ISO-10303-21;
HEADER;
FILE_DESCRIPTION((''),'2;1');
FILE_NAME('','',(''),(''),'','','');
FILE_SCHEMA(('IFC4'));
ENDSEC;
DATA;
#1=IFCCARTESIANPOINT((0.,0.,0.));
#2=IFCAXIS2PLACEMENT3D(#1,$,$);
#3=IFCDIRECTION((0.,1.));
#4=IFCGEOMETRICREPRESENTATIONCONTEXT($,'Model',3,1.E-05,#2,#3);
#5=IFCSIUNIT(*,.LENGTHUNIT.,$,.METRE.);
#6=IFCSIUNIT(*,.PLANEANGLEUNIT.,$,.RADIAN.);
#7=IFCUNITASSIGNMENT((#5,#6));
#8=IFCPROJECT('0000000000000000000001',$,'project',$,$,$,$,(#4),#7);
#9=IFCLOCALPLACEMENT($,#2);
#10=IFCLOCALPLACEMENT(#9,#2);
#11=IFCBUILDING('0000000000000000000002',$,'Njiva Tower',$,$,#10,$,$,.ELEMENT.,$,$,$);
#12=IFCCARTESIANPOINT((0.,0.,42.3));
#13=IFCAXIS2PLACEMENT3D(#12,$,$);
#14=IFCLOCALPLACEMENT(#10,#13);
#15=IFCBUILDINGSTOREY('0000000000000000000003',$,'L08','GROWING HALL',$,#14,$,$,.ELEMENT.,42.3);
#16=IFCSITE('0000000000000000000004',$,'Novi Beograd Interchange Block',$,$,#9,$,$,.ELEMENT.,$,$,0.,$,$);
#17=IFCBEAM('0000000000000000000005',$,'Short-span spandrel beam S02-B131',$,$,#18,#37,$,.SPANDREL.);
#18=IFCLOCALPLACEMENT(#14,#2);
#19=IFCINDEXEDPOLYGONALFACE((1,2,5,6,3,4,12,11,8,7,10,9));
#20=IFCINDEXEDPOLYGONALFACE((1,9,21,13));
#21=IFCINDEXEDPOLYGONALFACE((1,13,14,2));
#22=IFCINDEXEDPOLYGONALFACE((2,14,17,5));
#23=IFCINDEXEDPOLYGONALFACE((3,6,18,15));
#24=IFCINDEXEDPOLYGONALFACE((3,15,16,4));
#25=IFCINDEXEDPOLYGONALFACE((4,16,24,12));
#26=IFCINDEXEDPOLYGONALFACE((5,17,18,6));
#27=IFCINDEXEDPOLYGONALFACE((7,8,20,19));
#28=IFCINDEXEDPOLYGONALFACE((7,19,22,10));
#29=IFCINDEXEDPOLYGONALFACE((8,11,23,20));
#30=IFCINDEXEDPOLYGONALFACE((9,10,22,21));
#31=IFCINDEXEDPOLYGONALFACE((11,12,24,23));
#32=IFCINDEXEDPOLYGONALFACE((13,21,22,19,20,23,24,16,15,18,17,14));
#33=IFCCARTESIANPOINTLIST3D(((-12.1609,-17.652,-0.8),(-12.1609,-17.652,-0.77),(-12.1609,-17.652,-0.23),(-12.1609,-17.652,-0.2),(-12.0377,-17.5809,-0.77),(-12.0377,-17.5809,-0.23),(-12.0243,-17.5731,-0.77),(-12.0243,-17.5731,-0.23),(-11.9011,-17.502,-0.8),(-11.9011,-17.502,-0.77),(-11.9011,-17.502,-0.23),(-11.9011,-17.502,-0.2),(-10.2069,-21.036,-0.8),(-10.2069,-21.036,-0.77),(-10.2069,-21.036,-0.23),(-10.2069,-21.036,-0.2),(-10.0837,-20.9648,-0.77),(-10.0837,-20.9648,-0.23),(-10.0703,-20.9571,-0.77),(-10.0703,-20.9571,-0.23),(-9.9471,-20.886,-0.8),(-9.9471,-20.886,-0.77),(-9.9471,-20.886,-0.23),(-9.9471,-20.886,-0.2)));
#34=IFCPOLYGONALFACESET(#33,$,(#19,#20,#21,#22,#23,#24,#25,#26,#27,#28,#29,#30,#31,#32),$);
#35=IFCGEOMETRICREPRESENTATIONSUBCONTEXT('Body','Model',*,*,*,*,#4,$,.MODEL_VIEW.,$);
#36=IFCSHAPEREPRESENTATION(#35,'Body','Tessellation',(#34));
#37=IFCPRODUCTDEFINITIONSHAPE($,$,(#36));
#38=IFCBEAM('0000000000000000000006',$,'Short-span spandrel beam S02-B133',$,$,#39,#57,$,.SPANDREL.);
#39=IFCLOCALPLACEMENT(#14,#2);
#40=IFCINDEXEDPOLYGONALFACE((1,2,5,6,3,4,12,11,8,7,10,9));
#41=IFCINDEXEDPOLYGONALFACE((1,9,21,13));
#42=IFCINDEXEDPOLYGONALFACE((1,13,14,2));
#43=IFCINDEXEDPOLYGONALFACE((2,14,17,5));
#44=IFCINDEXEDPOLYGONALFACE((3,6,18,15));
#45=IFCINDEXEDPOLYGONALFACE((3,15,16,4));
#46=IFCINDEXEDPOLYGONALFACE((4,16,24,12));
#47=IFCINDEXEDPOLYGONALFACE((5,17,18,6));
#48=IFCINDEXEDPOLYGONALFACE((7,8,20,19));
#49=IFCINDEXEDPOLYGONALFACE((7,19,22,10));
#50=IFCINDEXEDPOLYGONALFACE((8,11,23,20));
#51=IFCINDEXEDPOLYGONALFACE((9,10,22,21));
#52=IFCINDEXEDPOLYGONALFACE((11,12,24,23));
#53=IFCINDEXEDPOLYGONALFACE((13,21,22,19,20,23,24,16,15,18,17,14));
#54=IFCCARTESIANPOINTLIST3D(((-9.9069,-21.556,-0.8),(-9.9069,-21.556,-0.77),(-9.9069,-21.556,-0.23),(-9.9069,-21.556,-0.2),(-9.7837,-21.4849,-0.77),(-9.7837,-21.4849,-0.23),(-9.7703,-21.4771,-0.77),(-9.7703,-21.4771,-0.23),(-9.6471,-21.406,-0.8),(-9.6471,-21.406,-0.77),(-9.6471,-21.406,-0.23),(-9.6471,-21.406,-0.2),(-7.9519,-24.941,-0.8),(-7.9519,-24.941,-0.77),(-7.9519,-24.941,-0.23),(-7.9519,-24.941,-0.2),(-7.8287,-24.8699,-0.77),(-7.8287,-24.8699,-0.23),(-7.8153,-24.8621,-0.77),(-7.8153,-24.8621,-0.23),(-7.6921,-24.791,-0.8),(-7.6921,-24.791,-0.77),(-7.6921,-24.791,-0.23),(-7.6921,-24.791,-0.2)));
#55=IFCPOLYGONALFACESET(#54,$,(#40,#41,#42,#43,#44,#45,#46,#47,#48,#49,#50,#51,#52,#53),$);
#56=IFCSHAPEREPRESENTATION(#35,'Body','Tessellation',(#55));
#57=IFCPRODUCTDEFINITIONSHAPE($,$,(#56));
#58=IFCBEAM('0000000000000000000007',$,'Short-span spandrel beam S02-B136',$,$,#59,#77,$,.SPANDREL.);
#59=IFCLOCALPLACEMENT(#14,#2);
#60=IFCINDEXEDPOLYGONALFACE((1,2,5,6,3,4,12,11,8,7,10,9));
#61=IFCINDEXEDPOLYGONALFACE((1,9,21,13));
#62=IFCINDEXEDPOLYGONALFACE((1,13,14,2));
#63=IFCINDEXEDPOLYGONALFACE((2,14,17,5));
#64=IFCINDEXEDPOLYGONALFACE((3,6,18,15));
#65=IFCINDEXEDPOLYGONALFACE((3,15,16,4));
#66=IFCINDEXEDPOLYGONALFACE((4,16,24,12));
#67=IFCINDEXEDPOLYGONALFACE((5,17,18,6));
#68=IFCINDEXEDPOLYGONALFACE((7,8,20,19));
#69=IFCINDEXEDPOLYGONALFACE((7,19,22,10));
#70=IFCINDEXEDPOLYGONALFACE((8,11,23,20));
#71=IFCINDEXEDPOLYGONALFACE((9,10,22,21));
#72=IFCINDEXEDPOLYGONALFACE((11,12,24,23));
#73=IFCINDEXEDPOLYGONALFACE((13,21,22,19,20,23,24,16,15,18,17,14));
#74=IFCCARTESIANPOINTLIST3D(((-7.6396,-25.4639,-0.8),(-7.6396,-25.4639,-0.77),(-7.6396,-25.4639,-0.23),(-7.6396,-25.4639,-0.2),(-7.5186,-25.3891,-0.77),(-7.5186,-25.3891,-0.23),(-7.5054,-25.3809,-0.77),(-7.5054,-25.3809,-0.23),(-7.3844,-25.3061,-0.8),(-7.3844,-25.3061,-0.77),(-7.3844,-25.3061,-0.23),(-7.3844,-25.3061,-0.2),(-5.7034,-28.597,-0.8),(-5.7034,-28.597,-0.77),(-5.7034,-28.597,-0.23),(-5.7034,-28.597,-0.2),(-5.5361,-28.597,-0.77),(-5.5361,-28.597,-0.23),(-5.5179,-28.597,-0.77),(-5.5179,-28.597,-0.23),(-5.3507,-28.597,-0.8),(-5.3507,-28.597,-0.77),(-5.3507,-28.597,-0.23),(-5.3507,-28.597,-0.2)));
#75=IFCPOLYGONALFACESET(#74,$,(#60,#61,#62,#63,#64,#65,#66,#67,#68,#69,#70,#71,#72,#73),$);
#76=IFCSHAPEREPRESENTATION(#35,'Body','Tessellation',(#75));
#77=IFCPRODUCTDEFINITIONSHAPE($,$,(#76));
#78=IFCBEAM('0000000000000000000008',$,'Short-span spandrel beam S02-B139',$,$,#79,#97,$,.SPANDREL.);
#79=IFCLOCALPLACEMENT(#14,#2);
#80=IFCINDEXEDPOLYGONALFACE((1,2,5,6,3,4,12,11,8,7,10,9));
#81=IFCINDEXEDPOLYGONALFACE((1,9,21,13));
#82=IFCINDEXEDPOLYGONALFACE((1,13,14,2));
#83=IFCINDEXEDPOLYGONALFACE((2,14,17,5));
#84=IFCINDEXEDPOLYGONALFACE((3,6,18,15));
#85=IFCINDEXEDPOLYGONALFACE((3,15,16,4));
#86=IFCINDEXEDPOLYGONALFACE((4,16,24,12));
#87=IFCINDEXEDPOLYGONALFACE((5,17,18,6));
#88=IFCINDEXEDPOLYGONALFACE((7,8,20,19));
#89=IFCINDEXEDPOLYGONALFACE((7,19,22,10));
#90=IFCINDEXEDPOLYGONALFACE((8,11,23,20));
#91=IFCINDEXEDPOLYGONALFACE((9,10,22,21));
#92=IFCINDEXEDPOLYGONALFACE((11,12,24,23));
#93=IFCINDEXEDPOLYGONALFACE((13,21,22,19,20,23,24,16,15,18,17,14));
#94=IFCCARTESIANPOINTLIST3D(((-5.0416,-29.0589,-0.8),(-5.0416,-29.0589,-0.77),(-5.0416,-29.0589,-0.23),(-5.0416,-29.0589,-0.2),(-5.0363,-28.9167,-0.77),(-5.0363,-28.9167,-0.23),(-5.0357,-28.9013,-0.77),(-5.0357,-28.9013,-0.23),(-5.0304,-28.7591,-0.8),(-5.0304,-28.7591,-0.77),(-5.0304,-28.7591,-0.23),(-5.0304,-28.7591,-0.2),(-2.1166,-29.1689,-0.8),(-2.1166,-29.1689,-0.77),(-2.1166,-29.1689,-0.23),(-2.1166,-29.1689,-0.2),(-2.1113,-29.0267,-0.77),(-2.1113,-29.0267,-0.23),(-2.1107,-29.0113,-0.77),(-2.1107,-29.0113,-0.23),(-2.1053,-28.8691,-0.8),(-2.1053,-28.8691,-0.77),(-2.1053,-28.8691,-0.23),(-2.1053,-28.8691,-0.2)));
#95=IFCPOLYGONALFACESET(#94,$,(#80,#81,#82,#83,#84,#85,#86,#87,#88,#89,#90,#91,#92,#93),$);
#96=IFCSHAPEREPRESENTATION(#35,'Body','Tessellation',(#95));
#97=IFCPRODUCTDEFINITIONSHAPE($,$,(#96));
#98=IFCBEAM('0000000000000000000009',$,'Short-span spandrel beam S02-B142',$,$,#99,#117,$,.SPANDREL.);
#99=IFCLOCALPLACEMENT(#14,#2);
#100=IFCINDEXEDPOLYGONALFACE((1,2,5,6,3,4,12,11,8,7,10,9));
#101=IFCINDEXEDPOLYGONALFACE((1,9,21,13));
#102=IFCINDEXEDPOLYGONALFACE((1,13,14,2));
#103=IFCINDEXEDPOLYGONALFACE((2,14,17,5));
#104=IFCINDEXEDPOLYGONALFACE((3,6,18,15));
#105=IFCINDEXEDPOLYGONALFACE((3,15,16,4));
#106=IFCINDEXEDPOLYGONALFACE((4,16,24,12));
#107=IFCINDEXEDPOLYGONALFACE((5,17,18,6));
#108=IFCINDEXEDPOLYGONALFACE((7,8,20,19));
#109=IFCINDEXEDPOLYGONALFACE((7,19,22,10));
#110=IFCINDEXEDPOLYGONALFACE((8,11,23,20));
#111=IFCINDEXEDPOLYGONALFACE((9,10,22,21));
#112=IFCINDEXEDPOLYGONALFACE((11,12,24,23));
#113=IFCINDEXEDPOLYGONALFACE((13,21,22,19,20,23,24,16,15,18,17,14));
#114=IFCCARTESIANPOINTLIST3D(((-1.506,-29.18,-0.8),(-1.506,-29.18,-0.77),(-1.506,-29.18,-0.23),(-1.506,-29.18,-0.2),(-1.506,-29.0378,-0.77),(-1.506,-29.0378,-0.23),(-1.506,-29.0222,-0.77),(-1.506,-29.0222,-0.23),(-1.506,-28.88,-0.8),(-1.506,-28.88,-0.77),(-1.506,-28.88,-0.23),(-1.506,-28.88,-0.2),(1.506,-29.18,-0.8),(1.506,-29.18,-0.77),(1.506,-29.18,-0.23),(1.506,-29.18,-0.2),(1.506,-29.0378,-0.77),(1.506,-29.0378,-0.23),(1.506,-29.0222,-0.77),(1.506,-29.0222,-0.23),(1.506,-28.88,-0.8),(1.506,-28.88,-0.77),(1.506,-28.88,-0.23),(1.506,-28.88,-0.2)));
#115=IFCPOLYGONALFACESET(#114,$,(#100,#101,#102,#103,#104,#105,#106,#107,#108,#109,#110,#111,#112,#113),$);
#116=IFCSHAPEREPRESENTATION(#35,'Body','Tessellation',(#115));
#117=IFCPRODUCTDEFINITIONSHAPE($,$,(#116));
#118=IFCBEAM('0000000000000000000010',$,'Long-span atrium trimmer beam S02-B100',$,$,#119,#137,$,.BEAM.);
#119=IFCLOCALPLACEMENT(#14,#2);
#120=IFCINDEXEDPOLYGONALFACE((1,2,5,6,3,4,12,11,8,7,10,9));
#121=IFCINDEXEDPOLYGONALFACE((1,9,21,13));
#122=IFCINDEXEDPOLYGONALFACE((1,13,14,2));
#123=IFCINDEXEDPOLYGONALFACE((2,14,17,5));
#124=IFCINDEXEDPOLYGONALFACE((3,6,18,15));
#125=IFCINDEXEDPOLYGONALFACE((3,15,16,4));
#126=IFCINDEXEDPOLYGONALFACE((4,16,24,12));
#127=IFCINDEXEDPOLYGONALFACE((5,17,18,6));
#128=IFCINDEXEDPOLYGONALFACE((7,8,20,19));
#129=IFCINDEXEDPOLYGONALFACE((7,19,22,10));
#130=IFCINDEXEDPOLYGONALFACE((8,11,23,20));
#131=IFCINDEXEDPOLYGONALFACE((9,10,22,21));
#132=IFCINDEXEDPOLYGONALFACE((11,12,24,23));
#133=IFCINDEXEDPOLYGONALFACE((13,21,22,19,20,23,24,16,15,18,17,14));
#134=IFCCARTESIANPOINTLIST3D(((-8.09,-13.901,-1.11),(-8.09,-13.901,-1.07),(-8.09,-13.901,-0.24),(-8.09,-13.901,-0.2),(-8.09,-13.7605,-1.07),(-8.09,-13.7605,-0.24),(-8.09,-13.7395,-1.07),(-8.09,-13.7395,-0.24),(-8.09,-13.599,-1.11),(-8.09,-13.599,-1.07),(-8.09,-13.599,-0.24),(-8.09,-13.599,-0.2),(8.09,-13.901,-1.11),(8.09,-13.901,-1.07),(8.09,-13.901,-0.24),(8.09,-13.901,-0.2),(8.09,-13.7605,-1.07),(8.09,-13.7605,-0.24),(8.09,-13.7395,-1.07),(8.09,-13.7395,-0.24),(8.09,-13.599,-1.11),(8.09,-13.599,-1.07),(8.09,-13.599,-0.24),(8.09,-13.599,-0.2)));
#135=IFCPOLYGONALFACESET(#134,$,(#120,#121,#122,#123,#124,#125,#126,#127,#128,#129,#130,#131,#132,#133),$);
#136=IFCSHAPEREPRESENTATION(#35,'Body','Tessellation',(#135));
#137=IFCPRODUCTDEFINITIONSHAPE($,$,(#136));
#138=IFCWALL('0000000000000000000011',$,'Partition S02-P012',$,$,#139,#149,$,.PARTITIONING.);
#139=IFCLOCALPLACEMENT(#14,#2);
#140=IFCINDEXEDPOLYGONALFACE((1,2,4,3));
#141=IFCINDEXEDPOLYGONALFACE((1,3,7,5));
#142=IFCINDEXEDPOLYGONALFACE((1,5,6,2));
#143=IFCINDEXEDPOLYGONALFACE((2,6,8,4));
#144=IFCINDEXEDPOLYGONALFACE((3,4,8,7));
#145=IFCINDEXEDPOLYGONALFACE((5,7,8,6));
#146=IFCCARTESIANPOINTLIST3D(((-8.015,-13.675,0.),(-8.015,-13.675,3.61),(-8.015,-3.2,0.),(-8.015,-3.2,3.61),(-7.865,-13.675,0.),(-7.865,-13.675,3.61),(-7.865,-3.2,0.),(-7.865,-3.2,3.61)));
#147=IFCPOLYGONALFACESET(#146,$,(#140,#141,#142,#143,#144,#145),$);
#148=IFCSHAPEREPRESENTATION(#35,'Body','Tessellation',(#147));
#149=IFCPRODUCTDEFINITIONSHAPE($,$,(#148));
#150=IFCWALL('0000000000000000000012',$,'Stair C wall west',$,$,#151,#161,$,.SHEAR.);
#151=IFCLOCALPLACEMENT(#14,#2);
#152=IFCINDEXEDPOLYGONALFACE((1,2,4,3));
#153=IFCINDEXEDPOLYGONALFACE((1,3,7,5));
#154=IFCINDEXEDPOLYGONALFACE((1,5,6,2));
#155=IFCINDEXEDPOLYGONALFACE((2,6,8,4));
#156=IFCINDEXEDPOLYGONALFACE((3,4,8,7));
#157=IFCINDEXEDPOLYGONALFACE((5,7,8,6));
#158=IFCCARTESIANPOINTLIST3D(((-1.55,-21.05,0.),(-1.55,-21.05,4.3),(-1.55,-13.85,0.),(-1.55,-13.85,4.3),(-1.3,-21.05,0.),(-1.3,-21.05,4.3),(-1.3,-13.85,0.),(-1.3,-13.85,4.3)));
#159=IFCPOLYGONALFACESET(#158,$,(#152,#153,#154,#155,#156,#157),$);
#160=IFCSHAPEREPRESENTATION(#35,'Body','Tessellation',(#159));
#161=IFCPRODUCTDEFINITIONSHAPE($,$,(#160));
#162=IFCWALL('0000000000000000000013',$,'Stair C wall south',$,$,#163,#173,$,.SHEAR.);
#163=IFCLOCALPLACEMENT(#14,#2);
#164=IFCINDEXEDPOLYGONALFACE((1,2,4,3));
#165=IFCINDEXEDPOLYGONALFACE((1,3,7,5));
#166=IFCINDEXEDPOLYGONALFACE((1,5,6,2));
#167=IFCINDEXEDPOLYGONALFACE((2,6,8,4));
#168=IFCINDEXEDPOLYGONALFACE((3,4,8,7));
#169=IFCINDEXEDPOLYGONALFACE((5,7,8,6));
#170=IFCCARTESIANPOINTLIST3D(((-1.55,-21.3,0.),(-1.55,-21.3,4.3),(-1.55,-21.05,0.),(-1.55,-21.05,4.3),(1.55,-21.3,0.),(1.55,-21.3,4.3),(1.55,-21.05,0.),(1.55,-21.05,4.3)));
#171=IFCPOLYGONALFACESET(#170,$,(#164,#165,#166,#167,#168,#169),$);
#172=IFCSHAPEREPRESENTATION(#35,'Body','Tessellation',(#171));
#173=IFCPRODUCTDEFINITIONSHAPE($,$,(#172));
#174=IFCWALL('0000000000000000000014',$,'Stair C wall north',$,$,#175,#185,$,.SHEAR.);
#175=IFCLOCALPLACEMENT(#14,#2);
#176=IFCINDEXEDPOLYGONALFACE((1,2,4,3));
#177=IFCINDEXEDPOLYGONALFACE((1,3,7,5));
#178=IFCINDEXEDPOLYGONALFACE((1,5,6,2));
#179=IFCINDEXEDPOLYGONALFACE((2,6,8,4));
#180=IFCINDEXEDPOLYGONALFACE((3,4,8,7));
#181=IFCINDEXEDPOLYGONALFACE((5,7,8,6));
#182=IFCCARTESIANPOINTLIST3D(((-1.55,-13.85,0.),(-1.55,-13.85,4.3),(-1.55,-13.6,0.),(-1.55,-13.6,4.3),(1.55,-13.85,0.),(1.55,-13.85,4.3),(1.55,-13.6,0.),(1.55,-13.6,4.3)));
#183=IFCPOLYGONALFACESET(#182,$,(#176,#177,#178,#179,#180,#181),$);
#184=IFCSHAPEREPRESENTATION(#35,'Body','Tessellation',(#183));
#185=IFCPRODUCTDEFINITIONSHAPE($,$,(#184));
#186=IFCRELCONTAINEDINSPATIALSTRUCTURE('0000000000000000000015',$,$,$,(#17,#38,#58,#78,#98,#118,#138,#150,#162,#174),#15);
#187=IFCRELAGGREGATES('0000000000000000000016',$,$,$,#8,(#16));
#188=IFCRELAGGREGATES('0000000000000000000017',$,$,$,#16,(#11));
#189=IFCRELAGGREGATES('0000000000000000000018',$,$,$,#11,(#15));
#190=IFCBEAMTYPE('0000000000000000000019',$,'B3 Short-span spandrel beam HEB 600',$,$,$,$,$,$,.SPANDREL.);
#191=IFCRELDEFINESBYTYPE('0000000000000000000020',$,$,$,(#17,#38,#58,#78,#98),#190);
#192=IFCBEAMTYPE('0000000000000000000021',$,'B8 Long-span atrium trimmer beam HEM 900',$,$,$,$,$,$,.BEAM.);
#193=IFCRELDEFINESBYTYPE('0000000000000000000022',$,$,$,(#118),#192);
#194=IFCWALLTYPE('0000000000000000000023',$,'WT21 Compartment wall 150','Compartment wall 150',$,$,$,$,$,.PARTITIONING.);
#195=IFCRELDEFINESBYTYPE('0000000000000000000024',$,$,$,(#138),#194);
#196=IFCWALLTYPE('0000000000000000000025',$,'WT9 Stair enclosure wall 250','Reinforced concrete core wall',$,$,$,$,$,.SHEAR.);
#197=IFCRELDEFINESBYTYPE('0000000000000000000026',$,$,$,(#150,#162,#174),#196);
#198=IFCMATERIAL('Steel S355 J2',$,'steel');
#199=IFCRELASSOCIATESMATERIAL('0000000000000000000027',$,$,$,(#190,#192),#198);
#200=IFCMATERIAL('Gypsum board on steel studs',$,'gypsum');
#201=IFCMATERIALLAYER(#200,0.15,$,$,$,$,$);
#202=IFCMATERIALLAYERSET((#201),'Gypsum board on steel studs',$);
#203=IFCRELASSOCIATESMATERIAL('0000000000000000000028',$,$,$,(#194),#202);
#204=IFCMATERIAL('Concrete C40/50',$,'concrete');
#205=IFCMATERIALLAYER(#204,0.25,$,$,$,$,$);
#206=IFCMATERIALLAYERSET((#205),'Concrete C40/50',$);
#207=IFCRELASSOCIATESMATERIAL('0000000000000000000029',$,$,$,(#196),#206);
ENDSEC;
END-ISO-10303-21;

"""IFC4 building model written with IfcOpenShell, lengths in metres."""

from ifc_helpers import new_model, si_unit, direction, frame, frame_2d, origin, origin_2d, place, context, subcontext, project, spatial, rectangle, i_section, extrude, clip, halfspace, material, layer, layer_set, material_profile, profile_set, type_object, element, save


model = new_model("IFC4")

# Units and contexts
model_context = context("Model", 3, precision=1e-05, world=origin(), true_north=direction((0.0, 1.0)))
body_context = subcontext(model_context, "Body", "Model", "MODEL_VIEW")
ifc_project = project(units=[si_unit("LENGTHUNIT", "METRE"), si_unit("PLANEANGLEUNIT", "RADIAN")], contexts=[model_context])

# Site, building, storey
site_placement = place(None, origin())
site = spatial("IfcSite", under=ifc_project, at=site_placement, Name="Novi Beograd Interchange Block", CompositionType="ELEMENT", RefElevation=0.0)
building_placement = place(site_placement, origin())
building = spatial("IfcBuilding", under=site, at=building_placement, Name="Njiva Tower", CompositionType="ELEMENT")
storey_placement = place(building_placement, frame((0.0, 0.0, 42.3)))
storey = spatial("IfcBuildingStorey", under=building, at=storey_placement, Name="L08", Description="GROWING HALL", CompositionType="ELEMENT", Elevation=42.3)

# Shared definitions
ifc_material_1 = material(Name="Steel S355 J2", Category="steel")

# Beams
ifc_material_profile_1 = material_profile(ifc_material_1, i_section(OverallWidth=0.3, OverallDepth=0.6, WebThickness=0.0155, FlangeThickness=0.03, at=origin_2d()), Name="HEB 600")
ifc_profile_set_1 = profile_set([ifc_material_profile_1], Name="Steel S355 J2")
beam_type_1 = type_object("IfcBeamType", Name="B3 Short-span spandrel beam HEB 600", PredefinedType="SPANDREL", material=ifc_profile_set_1)
beam_1_placement = place(storey_placement, frame((-12.031, -17.577, -0.5), z_axis=(0.500047, -0.865998, 0.0), x_axis=(0.865998, 0.500047, 0.0)))
element("IfcBeam", 1, at=beam_1_placement, inside=storey, type_object=beam_type_1, Name="Short-span spandrel beam S02-B131", PredefinedType="SPANDREL", context=body_context, shape_type="SweptSolid", body=[
    extrude(i_section(OverallWidth=0.3, OverallDepth=0.6, WebThickness=0.0155, FlangeThickness=0.03, at=origin_2d()), origin(), (0.0, 0.0, 1.0), 3.9076),
])
beam_2_placement = place(storey_placement, frame((-9.777, -21.481, -0.5), z_axis=(0.500128, -0.865951, 0.0), x_axis=(0.865951, 0.500128, 0.0)))
element("IfcBeam", 2, at=beam_2_placement, inside=storey, type_object=beam_type_1, Name="Short-span spandrel beam S02-B133", PredefinedType="SPANDREL", context=body_context, shape_type="SweptSolid", body=[
    extrude(i_section(OverallWidth=0.3, OverallDepth=0.6, WebThickness=0.0155, FlangeThickness=0.03, at=origin_2d()), origin(), (0.0, 0.0, 1.0), 3.909),
])
beam_3_placement = place(storey_placement, frame((-7.512, -25.385, -0.5), z_axis=(0.525707, -0.850666, 0.0), x_axis=(0.850666, 0.525707, 0.0)))
element("IfcBeam", 3, at=beam_3_placement, inside=storey, type_object=beam_type_1, Name="Short-span spandrel beam S02-B136", PredefinedType="SPANDREL", context=body_context, shape_type="Clipping", body=[
    clip(extrude(i_section(OverallWidth=0.3, OverallDepth=0.6, WebThickness=0.0155, FlangeThickness=0.03, at=origin_2d()), origin(), (0.0, 0.0, 1.0), 3.8889), halfspace(frame((-0.0261, 0.0, 3.7597), z_axis=(-0.525707, 0.0, 0.850666), x_axis=(0.0, 1.0, 0.0)), False)),
])
beam_4_placement = place(storey_placement, frame((-5.036, -28.909, -0.5), z_axis=(0.999294, -0.03758, 0.0), x_axis=(0.03758, 0.999294, 0.0)))
element("IfcBeam", 4, at=beam_4_placement, inside=storey, type_object=beam_type_1, Name="Short-span spandrel beam S02-B139", PredefinedType="SPANDREL", context=body_context, shape_type="SweptSolid", body=[
    extrude(i_section(OverallWidth=0.3, OverallDepth=0.6, WebThickness=0.0155, FlangeThickness=0.03, at=origin_2d()), origin(), (0.0, 0.0, 1.0), 2.9271),
])
beam_5_placement = place(storey_placement, frame((-1.506, -29.03, -0.5), z_axis=(1.0, 0.0, 0.0), x_axis=(0.0, 1.0, 0.0)))
element("IfcBeam", 5, at=beam_5_placement, inside=storey, type_object=beam_type_1, Name="Short-span spandrel beam S02-B142", PredefinedType="SPANDREL", context=body_context, shape_type="SweptSolid", body=[
    extrude(i_section(OverallWidth=0.3, OverallDepth=0.6, WebThickness=0.0155, FlangeThickness=0.03, at=origin_2d()), origin(), (0.0, 0.0, 1.0), 3.012),
])
ifc_material_profile_2 = material_profile(ifc_material_1, i_section(OverallWidth=0.302, OverallDepth=0.91, WebThickness=0.021, FlangeThickness=0.04, at=origin_2d()), Name="HEM 900")
ifc_profile_set_2 = profile_set([ifc_material_profile_2], Name="Steel S355 J2")
beam_type_2 = type_object("IfcBeamType", Name="B8 Long-span atrium trimmer beam HEM 900", PredefinedType="BEAM", material=ifc_profile_set_2)
beam_6_placement = place(storey_placement, frame((-8.09, -13.75, -0.655), z_axis=(1.0, 0.0, 0.0), x_axis=(0.0, 1.0, 0.0)))
element("IfcBeam", 6, at=beam_6_placement, inside=storey, type_object=beam_type_2, Name="Long-span atrium trimmer beam S02-B100", PredefinedType="BEAM", context=body_context, shape_type="SweptSolid", body=[
    extrude(i_section(OverallWidth=0.302, OverallDepth=0.91, WebThickness=0.021, FlangeThickness=0.04, at=origin_2d()), origin(), (0.0, 0.0, 1.0), 16.18),
])

# Walls
ifc_material_2 = material(Name="Gypsum board on steel studs", Category="gypsum")
ifc_layer_1 = layer(ifc_material_2, 0.15)
ifc_layer_set_1 = layer_set([ifc_layer_1], Name="Gypsum board on steel studs")
wall_type_1 = type_object("IfcWallType", Name="WT21 Compartment wall 150", Description="Compartment wall 150", PredefinedType="PARTITIONING", material=ifc_layer_set_1)
wall_1_placement = place(storey_placement, frame((-7.94, -13.675, 0.0), z_axis=(0.0, 0.0, 1.0), x_axis=(0.0, 1.0, 0.0)))
element("IfcWall", 7, at=wall_1_placement, inside=storey, type_object=wall_type_1, Name="Partition S02-P012", PredefinedType="PARTITIONING", context=body_context, shape_type="SweptSolid", body=[
    extrude(rectangle(XDim=10.475, YDim=0.15, at=frame_2d((5.2375, 0.0))), origin(), (0.0, 0.0, 1.0), 3.61),
])
ifc_material_3 = material(Name="Concrete C40/50", Category="concrete")
ifc_layer_2 = layer(ifc_material_3, 0.25)
ifc_layer_set_2 = layer_set([ifc_layer_2], Name="Concrete C40/50")
wall_type_2 = type_object("IfcWallType", Name="WT9 Stair enclosure wall 250", Description="Reinforced concrete core wall", PredefinedType="SHEAR", material=ifc_layer_set_2)
wall_2_placement = place(storey_placement, frame((-1.425, -21.05, 0.0), z_axis=(0.0, 0.0, 1.0), x_axis=(0.0, 1.0, 0.0)))
element("IfcWall", 8, at=wall_2_placement, inside=storey, type_object=wall_type_2, Name="Stair C wall west", PredefinedType="SHEAR", context=body_context, shape_type="SweptSolid", body=[
    extrude(rectangle(XDim=7.2, YDim=0.25, at=frame_2d((3.6, 0.0))), origin(), (0.0, 0.0, 1.0), 4.3),
])
for number, where, z_axis, x_axis, name in (
    (9, (-1.55, -21.175, 0.0), (0.0, 0.0, 1.0), (1.0, 0.0, 0.0), "Stair C wall south"),
    (10, (-1.55, -13.725, 0.0), (0.0, 0.0, 1.0), (1.0, 0.0, 0.0), "Stair C wall north"),
):
    element("IfcWall", number, at=place(storey_placement, frame(where, z_axis=z_axis, x_axis=x_axis)), inside=storey, type_object=wall_type_2, Name=name, PredefinedType="SHEAR", context=body_context, shape_type="SweptSolid", body=[
        extrude(rectangle(XDim=3.1, YDim=0.25, at=frame_2d((1.55, 0.0))), origin(), (0.0, 0.0, 1.0), 4.3),
    ])

save(model, "model.ifc")
